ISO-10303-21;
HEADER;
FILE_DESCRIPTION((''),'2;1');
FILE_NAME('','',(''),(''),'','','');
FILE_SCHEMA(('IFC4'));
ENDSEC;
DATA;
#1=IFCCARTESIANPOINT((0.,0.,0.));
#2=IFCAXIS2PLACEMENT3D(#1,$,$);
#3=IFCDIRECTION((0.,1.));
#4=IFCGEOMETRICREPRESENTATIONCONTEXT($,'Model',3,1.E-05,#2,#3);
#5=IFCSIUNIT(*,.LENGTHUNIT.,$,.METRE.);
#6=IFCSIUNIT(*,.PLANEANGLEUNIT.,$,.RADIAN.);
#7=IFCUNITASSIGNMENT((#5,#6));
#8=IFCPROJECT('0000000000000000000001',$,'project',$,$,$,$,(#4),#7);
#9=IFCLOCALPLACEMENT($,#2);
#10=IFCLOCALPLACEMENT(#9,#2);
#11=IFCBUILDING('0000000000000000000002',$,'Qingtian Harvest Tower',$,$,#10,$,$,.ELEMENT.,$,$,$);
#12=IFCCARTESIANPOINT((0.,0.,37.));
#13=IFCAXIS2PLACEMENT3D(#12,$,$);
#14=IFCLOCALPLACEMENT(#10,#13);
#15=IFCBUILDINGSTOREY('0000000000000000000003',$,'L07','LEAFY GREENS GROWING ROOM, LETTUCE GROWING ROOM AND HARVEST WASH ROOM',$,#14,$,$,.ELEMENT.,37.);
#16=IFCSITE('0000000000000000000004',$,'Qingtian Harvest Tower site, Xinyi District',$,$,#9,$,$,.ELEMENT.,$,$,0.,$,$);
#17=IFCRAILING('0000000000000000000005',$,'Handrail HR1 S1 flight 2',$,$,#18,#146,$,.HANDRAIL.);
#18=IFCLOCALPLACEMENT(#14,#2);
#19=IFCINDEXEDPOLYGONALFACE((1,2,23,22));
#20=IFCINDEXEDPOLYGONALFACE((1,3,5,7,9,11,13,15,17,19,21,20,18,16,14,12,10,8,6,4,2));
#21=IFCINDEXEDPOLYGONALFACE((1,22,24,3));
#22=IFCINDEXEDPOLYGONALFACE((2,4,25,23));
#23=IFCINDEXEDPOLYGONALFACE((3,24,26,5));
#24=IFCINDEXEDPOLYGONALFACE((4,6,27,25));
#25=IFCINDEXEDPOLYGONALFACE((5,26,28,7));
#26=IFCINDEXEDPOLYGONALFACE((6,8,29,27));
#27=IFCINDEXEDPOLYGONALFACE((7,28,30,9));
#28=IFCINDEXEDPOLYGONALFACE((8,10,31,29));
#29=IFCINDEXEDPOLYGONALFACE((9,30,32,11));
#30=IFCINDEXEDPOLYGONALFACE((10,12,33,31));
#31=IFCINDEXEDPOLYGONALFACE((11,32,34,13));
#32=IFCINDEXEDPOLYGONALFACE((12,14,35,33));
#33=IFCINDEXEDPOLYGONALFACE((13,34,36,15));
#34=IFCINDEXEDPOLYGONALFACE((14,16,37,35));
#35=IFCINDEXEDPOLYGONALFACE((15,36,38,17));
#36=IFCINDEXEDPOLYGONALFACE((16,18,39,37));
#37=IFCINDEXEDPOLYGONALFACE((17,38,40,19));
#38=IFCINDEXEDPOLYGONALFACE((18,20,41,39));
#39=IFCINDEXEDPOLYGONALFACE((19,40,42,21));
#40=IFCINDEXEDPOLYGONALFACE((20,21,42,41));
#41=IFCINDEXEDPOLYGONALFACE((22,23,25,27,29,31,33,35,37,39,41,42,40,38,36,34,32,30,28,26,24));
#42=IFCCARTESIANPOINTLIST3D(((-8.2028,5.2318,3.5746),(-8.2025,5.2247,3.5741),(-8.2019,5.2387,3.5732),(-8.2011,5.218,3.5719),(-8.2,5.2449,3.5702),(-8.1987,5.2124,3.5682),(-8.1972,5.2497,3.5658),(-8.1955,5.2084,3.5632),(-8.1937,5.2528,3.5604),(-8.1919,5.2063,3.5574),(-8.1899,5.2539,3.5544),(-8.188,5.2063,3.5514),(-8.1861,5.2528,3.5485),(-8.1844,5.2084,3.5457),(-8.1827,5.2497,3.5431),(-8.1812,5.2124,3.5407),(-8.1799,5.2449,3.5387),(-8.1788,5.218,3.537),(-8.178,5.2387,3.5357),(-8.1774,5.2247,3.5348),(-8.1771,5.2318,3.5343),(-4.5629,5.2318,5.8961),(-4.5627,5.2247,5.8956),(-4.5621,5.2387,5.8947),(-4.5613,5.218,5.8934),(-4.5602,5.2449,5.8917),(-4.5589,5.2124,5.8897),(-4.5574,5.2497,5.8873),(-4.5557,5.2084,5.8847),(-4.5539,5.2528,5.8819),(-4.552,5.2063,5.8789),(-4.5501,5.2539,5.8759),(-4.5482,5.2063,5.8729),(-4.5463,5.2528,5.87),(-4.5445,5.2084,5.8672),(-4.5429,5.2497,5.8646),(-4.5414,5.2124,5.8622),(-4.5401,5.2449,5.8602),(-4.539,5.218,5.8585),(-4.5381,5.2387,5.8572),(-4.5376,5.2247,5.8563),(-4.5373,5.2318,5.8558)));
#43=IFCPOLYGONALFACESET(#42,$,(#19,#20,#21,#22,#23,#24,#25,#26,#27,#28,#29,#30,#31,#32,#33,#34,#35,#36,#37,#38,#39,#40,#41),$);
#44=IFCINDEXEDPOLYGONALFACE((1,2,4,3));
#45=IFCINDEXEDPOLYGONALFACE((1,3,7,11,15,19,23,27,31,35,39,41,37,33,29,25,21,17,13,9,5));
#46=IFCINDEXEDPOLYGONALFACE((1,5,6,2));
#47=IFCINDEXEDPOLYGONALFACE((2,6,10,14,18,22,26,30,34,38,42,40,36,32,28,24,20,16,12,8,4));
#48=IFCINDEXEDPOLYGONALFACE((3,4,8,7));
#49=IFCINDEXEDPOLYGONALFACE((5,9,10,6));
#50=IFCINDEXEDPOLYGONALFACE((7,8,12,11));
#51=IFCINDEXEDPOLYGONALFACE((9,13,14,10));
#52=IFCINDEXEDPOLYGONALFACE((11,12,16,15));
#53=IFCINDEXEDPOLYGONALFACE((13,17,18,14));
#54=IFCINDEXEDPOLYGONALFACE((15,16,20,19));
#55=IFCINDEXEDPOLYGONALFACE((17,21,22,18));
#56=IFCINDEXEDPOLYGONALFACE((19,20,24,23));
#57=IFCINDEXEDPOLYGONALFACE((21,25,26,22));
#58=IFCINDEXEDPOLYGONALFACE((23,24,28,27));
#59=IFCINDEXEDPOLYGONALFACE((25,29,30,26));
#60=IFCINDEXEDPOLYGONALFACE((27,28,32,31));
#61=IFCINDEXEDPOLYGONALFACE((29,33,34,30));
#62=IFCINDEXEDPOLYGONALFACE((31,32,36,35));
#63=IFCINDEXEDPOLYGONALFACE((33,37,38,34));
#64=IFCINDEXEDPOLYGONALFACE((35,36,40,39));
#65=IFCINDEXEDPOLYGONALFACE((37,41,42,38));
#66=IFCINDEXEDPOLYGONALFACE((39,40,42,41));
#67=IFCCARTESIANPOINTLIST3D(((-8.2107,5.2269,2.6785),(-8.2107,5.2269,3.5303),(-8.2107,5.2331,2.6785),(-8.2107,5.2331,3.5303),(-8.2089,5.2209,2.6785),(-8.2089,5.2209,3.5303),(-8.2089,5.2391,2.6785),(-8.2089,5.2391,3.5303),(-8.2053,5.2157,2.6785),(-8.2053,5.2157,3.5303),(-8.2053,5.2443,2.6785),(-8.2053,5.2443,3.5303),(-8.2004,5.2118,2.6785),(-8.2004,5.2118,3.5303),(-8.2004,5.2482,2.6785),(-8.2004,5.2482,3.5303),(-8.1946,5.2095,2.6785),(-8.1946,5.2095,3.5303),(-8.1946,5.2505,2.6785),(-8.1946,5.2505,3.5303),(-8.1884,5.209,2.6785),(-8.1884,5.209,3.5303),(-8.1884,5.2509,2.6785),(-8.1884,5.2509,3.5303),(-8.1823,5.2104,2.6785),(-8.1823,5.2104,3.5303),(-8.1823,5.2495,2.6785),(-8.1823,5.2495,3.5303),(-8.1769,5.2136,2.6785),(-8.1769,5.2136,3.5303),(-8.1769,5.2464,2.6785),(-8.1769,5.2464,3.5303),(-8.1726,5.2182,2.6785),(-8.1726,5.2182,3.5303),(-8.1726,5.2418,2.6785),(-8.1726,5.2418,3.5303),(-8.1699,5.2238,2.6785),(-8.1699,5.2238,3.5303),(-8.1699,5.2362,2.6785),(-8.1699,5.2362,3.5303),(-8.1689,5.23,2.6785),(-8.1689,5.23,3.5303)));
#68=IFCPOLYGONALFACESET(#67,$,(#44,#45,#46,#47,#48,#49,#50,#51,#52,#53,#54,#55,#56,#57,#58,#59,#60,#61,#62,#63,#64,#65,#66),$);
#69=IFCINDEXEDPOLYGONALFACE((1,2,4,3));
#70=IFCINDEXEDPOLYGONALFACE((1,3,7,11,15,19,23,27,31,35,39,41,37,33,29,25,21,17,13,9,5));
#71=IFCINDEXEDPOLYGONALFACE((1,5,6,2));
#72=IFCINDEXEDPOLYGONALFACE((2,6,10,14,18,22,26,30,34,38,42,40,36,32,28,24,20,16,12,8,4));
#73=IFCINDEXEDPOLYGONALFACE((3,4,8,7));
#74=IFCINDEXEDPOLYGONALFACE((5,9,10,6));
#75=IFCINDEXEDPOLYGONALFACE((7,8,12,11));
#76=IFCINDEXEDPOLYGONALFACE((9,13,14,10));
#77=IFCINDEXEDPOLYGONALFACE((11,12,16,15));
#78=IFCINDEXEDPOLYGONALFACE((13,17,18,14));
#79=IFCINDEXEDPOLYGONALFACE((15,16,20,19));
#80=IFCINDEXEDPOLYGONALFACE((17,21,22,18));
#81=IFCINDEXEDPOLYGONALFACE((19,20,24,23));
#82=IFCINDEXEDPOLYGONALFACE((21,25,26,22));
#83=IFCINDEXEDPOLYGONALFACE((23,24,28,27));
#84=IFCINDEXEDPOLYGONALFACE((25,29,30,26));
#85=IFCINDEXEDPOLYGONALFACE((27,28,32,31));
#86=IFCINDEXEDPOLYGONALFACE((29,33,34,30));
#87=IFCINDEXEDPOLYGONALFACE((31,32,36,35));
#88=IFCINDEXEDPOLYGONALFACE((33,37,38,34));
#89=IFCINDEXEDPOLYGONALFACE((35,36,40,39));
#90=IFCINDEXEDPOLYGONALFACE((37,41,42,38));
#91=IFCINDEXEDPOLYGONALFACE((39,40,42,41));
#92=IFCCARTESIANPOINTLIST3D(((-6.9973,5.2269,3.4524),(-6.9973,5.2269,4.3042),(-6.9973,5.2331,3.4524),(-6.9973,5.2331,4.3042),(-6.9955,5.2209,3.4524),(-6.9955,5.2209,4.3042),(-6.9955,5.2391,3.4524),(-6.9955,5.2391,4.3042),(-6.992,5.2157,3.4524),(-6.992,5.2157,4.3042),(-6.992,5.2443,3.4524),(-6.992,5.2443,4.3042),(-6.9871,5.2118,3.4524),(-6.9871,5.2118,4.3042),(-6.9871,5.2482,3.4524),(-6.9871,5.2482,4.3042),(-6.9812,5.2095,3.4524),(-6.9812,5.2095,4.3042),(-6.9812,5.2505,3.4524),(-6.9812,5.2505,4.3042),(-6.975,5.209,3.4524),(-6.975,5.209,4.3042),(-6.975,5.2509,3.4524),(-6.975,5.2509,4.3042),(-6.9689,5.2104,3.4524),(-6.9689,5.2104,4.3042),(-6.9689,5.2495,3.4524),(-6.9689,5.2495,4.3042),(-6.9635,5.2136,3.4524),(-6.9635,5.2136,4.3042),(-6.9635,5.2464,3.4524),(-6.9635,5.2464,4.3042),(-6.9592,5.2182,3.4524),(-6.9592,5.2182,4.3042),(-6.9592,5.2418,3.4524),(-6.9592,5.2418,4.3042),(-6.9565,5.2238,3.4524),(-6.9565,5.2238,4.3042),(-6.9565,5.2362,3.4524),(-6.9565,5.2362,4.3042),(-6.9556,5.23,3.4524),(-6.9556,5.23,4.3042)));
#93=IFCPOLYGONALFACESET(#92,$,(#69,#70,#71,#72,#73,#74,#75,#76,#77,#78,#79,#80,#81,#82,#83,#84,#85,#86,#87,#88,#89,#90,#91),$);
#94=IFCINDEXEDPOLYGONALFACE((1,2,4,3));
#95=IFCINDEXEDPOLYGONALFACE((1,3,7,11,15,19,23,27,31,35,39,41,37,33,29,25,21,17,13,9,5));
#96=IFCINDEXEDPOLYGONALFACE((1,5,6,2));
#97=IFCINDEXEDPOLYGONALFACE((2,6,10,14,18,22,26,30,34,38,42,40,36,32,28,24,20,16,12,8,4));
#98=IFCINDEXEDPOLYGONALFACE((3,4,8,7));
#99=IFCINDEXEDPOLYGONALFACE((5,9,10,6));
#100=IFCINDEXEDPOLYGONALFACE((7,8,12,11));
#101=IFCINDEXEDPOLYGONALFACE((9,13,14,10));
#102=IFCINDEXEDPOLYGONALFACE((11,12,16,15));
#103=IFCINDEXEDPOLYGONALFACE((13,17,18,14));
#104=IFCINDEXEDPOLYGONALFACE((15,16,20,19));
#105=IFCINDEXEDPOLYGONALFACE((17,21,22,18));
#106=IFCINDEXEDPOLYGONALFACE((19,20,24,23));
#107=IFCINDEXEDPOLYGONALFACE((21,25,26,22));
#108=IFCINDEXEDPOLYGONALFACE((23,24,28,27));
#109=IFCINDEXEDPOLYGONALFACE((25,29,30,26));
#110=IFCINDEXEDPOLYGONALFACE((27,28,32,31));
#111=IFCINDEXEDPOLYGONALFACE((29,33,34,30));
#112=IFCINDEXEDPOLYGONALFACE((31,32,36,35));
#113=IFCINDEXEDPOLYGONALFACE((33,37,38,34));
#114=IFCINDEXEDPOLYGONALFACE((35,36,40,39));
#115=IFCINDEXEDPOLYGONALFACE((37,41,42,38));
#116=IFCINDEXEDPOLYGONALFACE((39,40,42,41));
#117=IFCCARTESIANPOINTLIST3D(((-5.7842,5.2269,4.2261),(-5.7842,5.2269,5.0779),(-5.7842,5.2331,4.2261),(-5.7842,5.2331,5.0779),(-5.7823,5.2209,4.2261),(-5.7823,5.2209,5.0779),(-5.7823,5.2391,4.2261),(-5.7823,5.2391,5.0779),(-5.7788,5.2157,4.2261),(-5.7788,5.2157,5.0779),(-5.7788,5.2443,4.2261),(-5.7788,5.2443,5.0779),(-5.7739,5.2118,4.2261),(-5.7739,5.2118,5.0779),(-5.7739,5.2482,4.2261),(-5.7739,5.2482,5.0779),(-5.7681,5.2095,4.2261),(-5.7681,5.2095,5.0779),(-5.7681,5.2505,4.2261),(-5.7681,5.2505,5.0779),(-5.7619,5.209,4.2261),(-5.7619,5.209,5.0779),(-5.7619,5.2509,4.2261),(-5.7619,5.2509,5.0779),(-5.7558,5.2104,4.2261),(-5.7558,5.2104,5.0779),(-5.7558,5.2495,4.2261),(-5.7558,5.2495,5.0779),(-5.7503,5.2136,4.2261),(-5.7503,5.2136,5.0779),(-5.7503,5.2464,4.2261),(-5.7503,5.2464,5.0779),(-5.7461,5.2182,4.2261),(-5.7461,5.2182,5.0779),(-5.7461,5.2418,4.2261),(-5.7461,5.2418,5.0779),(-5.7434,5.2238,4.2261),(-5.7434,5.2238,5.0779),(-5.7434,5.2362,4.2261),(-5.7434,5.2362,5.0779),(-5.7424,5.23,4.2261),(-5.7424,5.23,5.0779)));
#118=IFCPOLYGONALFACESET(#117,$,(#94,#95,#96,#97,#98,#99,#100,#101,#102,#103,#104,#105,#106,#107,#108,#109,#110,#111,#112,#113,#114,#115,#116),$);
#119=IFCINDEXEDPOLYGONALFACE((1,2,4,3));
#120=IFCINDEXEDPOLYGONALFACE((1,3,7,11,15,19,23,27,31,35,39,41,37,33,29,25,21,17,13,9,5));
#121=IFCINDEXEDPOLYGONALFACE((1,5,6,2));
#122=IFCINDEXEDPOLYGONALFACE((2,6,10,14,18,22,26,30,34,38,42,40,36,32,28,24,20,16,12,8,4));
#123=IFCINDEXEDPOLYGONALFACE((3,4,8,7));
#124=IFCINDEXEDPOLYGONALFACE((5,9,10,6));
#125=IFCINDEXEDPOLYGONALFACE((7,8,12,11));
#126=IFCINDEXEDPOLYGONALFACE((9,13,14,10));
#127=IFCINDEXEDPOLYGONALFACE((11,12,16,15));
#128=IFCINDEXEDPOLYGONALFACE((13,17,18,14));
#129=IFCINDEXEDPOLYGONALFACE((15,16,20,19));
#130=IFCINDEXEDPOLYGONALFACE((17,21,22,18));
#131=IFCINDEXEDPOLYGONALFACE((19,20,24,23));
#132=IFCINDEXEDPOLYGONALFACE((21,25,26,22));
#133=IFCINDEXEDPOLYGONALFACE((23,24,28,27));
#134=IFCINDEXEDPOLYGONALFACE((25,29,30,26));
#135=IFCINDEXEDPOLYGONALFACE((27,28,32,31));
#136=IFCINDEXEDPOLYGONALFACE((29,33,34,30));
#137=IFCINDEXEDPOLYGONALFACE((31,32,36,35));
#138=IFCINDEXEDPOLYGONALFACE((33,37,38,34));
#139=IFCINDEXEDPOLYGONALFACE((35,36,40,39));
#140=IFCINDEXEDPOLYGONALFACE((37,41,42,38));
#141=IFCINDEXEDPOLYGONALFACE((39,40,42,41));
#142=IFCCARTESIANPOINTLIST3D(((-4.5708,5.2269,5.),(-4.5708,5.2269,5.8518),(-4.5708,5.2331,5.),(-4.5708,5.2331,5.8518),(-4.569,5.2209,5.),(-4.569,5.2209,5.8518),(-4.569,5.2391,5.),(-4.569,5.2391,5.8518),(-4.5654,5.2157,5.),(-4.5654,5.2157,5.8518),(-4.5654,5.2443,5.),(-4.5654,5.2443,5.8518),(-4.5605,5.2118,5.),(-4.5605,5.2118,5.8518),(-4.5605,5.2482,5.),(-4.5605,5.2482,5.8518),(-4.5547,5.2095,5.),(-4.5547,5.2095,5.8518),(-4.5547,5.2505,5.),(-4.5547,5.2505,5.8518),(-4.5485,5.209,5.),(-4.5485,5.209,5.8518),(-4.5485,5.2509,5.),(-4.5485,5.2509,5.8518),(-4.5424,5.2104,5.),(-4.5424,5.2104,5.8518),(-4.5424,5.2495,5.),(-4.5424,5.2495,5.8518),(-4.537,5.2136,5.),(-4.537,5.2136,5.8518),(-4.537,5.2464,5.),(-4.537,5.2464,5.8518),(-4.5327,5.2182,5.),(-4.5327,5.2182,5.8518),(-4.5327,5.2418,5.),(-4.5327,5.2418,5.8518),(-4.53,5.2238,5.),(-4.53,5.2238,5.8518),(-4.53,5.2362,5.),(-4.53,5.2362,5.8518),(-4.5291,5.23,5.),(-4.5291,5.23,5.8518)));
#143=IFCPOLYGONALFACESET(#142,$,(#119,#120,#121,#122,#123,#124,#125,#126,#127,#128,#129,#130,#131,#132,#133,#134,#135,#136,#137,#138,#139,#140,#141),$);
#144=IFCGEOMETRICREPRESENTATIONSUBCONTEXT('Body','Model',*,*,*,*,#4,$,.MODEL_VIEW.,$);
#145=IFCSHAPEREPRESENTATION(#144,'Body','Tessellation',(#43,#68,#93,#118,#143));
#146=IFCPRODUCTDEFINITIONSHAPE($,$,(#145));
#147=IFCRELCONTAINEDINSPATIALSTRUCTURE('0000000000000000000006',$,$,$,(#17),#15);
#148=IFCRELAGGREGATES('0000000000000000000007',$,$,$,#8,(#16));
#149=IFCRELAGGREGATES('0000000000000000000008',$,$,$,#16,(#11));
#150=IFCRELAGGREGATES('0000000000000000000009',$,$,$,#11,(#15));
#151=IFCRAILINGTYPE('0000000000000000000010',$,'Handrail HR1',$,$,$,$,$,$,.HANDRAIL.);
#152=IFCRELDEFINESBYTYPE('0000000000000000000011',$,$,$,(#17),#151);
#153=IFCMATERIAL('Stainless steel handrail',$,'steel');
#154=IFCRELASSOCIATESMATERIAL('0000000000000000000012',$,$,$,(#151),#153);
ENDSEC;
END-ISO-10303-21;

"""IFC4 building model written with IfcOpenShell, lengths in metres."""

from ifc_helpers import new_model, si_unit, direction, frame, origin, origin_2d, place, context, subcontext, project, spatial, circle, extrude, material, type_object, element, save


model = new_model("IFC4")

# Units and contexts
model_context = context("Model", 3, precision=1e-05, world=origin(), true_north=direction((0.0, 1.0)))
body_context = subcontext(model_context, "Body", "Model", "MODEL_VIEW")
ifc_project = project(units=[si_unit("LENGTHUNIT", "METRE"), si_unit("PLANEANGLEUNIT", "RADIAN")], contexts=[model_context])

# Site, building, storey
site_placement = place(None, origin())
site = spatial("IfcSite", under=ifc_project, at=site_placement, Name="Qingtian Harvest Tower site, Xinyi District", CompositionType="ELEMENT", RefElevation=0.0)
building_placement = place(site_placement, origin())
building = spatial("IfcBuilding", under=site, at=building_placement, Name="Qingtian Harvest Tower", CompositionType="ELEMENT")
storey_placement = place(building_placement, frame((0.0, 0.0, 37.0)))
storey = spatial("IfcBuildingStorey", under=building, at=storey_placement, Name="L07", Description="LEAFY GREENS GROWING ROOM, LETTUCE GROWING ROOM AND HARVEST WASH ROOM", CompositionType="ELEMENT", Elevation=37.0)

# Railing
ifc_material_1 = material(Name="Stainless steel handrail", Category="steel")
railing_type = type_object("IfcRailingType", Name="Handrail HR1", PredefinedType="HANDRAIL", material=ifc_material_1)
railing_1_placement = place(storey_placement, frame((-8.1899, 5.23, 2.6785)))
element("IfcRailing", 1, at=railing_1_placement, inside=storey, type_object=railing_type, Name="Handrail HR1 S1 flight 2", PredefinedType="HANDRAIL", context=body_context, shape_type="SweptSolid", body=[
    extrude(circle(Radius=0.0239, at=origin_2d()), frame((0.0, 0.0, 0.876), z_axis=(0.843112, 0.0, 0.537739), x_axis=(0.0, 1.0, 0.0)), (0.0, 0.0, 1.0), 4.3171),
    extrude(circle(Radius=0.021, at=origin_2d()), origin(), (0.0, 0.0, 1.0), 0.8518),
    extrude(circle(Radius=0.021, at=origin_2d()), frame((1.2134, 0.0, 0.7739)), (0.0, 0.0, 1.0), 0.8518),
    extrude(circle(Radius=0.021, at=origin_2d()), frame((2.4265, 0.0, 1.5476)), (0.0, 0.0, 1.0), 0.8518),
    extrude(circle(Radius=0.021, at=origin_2d()), frame((3.6399, 0.0, 2.3215)), (0.0, 0.0, 1.0), 0.8518),
])

save(model, "model.ifc")
